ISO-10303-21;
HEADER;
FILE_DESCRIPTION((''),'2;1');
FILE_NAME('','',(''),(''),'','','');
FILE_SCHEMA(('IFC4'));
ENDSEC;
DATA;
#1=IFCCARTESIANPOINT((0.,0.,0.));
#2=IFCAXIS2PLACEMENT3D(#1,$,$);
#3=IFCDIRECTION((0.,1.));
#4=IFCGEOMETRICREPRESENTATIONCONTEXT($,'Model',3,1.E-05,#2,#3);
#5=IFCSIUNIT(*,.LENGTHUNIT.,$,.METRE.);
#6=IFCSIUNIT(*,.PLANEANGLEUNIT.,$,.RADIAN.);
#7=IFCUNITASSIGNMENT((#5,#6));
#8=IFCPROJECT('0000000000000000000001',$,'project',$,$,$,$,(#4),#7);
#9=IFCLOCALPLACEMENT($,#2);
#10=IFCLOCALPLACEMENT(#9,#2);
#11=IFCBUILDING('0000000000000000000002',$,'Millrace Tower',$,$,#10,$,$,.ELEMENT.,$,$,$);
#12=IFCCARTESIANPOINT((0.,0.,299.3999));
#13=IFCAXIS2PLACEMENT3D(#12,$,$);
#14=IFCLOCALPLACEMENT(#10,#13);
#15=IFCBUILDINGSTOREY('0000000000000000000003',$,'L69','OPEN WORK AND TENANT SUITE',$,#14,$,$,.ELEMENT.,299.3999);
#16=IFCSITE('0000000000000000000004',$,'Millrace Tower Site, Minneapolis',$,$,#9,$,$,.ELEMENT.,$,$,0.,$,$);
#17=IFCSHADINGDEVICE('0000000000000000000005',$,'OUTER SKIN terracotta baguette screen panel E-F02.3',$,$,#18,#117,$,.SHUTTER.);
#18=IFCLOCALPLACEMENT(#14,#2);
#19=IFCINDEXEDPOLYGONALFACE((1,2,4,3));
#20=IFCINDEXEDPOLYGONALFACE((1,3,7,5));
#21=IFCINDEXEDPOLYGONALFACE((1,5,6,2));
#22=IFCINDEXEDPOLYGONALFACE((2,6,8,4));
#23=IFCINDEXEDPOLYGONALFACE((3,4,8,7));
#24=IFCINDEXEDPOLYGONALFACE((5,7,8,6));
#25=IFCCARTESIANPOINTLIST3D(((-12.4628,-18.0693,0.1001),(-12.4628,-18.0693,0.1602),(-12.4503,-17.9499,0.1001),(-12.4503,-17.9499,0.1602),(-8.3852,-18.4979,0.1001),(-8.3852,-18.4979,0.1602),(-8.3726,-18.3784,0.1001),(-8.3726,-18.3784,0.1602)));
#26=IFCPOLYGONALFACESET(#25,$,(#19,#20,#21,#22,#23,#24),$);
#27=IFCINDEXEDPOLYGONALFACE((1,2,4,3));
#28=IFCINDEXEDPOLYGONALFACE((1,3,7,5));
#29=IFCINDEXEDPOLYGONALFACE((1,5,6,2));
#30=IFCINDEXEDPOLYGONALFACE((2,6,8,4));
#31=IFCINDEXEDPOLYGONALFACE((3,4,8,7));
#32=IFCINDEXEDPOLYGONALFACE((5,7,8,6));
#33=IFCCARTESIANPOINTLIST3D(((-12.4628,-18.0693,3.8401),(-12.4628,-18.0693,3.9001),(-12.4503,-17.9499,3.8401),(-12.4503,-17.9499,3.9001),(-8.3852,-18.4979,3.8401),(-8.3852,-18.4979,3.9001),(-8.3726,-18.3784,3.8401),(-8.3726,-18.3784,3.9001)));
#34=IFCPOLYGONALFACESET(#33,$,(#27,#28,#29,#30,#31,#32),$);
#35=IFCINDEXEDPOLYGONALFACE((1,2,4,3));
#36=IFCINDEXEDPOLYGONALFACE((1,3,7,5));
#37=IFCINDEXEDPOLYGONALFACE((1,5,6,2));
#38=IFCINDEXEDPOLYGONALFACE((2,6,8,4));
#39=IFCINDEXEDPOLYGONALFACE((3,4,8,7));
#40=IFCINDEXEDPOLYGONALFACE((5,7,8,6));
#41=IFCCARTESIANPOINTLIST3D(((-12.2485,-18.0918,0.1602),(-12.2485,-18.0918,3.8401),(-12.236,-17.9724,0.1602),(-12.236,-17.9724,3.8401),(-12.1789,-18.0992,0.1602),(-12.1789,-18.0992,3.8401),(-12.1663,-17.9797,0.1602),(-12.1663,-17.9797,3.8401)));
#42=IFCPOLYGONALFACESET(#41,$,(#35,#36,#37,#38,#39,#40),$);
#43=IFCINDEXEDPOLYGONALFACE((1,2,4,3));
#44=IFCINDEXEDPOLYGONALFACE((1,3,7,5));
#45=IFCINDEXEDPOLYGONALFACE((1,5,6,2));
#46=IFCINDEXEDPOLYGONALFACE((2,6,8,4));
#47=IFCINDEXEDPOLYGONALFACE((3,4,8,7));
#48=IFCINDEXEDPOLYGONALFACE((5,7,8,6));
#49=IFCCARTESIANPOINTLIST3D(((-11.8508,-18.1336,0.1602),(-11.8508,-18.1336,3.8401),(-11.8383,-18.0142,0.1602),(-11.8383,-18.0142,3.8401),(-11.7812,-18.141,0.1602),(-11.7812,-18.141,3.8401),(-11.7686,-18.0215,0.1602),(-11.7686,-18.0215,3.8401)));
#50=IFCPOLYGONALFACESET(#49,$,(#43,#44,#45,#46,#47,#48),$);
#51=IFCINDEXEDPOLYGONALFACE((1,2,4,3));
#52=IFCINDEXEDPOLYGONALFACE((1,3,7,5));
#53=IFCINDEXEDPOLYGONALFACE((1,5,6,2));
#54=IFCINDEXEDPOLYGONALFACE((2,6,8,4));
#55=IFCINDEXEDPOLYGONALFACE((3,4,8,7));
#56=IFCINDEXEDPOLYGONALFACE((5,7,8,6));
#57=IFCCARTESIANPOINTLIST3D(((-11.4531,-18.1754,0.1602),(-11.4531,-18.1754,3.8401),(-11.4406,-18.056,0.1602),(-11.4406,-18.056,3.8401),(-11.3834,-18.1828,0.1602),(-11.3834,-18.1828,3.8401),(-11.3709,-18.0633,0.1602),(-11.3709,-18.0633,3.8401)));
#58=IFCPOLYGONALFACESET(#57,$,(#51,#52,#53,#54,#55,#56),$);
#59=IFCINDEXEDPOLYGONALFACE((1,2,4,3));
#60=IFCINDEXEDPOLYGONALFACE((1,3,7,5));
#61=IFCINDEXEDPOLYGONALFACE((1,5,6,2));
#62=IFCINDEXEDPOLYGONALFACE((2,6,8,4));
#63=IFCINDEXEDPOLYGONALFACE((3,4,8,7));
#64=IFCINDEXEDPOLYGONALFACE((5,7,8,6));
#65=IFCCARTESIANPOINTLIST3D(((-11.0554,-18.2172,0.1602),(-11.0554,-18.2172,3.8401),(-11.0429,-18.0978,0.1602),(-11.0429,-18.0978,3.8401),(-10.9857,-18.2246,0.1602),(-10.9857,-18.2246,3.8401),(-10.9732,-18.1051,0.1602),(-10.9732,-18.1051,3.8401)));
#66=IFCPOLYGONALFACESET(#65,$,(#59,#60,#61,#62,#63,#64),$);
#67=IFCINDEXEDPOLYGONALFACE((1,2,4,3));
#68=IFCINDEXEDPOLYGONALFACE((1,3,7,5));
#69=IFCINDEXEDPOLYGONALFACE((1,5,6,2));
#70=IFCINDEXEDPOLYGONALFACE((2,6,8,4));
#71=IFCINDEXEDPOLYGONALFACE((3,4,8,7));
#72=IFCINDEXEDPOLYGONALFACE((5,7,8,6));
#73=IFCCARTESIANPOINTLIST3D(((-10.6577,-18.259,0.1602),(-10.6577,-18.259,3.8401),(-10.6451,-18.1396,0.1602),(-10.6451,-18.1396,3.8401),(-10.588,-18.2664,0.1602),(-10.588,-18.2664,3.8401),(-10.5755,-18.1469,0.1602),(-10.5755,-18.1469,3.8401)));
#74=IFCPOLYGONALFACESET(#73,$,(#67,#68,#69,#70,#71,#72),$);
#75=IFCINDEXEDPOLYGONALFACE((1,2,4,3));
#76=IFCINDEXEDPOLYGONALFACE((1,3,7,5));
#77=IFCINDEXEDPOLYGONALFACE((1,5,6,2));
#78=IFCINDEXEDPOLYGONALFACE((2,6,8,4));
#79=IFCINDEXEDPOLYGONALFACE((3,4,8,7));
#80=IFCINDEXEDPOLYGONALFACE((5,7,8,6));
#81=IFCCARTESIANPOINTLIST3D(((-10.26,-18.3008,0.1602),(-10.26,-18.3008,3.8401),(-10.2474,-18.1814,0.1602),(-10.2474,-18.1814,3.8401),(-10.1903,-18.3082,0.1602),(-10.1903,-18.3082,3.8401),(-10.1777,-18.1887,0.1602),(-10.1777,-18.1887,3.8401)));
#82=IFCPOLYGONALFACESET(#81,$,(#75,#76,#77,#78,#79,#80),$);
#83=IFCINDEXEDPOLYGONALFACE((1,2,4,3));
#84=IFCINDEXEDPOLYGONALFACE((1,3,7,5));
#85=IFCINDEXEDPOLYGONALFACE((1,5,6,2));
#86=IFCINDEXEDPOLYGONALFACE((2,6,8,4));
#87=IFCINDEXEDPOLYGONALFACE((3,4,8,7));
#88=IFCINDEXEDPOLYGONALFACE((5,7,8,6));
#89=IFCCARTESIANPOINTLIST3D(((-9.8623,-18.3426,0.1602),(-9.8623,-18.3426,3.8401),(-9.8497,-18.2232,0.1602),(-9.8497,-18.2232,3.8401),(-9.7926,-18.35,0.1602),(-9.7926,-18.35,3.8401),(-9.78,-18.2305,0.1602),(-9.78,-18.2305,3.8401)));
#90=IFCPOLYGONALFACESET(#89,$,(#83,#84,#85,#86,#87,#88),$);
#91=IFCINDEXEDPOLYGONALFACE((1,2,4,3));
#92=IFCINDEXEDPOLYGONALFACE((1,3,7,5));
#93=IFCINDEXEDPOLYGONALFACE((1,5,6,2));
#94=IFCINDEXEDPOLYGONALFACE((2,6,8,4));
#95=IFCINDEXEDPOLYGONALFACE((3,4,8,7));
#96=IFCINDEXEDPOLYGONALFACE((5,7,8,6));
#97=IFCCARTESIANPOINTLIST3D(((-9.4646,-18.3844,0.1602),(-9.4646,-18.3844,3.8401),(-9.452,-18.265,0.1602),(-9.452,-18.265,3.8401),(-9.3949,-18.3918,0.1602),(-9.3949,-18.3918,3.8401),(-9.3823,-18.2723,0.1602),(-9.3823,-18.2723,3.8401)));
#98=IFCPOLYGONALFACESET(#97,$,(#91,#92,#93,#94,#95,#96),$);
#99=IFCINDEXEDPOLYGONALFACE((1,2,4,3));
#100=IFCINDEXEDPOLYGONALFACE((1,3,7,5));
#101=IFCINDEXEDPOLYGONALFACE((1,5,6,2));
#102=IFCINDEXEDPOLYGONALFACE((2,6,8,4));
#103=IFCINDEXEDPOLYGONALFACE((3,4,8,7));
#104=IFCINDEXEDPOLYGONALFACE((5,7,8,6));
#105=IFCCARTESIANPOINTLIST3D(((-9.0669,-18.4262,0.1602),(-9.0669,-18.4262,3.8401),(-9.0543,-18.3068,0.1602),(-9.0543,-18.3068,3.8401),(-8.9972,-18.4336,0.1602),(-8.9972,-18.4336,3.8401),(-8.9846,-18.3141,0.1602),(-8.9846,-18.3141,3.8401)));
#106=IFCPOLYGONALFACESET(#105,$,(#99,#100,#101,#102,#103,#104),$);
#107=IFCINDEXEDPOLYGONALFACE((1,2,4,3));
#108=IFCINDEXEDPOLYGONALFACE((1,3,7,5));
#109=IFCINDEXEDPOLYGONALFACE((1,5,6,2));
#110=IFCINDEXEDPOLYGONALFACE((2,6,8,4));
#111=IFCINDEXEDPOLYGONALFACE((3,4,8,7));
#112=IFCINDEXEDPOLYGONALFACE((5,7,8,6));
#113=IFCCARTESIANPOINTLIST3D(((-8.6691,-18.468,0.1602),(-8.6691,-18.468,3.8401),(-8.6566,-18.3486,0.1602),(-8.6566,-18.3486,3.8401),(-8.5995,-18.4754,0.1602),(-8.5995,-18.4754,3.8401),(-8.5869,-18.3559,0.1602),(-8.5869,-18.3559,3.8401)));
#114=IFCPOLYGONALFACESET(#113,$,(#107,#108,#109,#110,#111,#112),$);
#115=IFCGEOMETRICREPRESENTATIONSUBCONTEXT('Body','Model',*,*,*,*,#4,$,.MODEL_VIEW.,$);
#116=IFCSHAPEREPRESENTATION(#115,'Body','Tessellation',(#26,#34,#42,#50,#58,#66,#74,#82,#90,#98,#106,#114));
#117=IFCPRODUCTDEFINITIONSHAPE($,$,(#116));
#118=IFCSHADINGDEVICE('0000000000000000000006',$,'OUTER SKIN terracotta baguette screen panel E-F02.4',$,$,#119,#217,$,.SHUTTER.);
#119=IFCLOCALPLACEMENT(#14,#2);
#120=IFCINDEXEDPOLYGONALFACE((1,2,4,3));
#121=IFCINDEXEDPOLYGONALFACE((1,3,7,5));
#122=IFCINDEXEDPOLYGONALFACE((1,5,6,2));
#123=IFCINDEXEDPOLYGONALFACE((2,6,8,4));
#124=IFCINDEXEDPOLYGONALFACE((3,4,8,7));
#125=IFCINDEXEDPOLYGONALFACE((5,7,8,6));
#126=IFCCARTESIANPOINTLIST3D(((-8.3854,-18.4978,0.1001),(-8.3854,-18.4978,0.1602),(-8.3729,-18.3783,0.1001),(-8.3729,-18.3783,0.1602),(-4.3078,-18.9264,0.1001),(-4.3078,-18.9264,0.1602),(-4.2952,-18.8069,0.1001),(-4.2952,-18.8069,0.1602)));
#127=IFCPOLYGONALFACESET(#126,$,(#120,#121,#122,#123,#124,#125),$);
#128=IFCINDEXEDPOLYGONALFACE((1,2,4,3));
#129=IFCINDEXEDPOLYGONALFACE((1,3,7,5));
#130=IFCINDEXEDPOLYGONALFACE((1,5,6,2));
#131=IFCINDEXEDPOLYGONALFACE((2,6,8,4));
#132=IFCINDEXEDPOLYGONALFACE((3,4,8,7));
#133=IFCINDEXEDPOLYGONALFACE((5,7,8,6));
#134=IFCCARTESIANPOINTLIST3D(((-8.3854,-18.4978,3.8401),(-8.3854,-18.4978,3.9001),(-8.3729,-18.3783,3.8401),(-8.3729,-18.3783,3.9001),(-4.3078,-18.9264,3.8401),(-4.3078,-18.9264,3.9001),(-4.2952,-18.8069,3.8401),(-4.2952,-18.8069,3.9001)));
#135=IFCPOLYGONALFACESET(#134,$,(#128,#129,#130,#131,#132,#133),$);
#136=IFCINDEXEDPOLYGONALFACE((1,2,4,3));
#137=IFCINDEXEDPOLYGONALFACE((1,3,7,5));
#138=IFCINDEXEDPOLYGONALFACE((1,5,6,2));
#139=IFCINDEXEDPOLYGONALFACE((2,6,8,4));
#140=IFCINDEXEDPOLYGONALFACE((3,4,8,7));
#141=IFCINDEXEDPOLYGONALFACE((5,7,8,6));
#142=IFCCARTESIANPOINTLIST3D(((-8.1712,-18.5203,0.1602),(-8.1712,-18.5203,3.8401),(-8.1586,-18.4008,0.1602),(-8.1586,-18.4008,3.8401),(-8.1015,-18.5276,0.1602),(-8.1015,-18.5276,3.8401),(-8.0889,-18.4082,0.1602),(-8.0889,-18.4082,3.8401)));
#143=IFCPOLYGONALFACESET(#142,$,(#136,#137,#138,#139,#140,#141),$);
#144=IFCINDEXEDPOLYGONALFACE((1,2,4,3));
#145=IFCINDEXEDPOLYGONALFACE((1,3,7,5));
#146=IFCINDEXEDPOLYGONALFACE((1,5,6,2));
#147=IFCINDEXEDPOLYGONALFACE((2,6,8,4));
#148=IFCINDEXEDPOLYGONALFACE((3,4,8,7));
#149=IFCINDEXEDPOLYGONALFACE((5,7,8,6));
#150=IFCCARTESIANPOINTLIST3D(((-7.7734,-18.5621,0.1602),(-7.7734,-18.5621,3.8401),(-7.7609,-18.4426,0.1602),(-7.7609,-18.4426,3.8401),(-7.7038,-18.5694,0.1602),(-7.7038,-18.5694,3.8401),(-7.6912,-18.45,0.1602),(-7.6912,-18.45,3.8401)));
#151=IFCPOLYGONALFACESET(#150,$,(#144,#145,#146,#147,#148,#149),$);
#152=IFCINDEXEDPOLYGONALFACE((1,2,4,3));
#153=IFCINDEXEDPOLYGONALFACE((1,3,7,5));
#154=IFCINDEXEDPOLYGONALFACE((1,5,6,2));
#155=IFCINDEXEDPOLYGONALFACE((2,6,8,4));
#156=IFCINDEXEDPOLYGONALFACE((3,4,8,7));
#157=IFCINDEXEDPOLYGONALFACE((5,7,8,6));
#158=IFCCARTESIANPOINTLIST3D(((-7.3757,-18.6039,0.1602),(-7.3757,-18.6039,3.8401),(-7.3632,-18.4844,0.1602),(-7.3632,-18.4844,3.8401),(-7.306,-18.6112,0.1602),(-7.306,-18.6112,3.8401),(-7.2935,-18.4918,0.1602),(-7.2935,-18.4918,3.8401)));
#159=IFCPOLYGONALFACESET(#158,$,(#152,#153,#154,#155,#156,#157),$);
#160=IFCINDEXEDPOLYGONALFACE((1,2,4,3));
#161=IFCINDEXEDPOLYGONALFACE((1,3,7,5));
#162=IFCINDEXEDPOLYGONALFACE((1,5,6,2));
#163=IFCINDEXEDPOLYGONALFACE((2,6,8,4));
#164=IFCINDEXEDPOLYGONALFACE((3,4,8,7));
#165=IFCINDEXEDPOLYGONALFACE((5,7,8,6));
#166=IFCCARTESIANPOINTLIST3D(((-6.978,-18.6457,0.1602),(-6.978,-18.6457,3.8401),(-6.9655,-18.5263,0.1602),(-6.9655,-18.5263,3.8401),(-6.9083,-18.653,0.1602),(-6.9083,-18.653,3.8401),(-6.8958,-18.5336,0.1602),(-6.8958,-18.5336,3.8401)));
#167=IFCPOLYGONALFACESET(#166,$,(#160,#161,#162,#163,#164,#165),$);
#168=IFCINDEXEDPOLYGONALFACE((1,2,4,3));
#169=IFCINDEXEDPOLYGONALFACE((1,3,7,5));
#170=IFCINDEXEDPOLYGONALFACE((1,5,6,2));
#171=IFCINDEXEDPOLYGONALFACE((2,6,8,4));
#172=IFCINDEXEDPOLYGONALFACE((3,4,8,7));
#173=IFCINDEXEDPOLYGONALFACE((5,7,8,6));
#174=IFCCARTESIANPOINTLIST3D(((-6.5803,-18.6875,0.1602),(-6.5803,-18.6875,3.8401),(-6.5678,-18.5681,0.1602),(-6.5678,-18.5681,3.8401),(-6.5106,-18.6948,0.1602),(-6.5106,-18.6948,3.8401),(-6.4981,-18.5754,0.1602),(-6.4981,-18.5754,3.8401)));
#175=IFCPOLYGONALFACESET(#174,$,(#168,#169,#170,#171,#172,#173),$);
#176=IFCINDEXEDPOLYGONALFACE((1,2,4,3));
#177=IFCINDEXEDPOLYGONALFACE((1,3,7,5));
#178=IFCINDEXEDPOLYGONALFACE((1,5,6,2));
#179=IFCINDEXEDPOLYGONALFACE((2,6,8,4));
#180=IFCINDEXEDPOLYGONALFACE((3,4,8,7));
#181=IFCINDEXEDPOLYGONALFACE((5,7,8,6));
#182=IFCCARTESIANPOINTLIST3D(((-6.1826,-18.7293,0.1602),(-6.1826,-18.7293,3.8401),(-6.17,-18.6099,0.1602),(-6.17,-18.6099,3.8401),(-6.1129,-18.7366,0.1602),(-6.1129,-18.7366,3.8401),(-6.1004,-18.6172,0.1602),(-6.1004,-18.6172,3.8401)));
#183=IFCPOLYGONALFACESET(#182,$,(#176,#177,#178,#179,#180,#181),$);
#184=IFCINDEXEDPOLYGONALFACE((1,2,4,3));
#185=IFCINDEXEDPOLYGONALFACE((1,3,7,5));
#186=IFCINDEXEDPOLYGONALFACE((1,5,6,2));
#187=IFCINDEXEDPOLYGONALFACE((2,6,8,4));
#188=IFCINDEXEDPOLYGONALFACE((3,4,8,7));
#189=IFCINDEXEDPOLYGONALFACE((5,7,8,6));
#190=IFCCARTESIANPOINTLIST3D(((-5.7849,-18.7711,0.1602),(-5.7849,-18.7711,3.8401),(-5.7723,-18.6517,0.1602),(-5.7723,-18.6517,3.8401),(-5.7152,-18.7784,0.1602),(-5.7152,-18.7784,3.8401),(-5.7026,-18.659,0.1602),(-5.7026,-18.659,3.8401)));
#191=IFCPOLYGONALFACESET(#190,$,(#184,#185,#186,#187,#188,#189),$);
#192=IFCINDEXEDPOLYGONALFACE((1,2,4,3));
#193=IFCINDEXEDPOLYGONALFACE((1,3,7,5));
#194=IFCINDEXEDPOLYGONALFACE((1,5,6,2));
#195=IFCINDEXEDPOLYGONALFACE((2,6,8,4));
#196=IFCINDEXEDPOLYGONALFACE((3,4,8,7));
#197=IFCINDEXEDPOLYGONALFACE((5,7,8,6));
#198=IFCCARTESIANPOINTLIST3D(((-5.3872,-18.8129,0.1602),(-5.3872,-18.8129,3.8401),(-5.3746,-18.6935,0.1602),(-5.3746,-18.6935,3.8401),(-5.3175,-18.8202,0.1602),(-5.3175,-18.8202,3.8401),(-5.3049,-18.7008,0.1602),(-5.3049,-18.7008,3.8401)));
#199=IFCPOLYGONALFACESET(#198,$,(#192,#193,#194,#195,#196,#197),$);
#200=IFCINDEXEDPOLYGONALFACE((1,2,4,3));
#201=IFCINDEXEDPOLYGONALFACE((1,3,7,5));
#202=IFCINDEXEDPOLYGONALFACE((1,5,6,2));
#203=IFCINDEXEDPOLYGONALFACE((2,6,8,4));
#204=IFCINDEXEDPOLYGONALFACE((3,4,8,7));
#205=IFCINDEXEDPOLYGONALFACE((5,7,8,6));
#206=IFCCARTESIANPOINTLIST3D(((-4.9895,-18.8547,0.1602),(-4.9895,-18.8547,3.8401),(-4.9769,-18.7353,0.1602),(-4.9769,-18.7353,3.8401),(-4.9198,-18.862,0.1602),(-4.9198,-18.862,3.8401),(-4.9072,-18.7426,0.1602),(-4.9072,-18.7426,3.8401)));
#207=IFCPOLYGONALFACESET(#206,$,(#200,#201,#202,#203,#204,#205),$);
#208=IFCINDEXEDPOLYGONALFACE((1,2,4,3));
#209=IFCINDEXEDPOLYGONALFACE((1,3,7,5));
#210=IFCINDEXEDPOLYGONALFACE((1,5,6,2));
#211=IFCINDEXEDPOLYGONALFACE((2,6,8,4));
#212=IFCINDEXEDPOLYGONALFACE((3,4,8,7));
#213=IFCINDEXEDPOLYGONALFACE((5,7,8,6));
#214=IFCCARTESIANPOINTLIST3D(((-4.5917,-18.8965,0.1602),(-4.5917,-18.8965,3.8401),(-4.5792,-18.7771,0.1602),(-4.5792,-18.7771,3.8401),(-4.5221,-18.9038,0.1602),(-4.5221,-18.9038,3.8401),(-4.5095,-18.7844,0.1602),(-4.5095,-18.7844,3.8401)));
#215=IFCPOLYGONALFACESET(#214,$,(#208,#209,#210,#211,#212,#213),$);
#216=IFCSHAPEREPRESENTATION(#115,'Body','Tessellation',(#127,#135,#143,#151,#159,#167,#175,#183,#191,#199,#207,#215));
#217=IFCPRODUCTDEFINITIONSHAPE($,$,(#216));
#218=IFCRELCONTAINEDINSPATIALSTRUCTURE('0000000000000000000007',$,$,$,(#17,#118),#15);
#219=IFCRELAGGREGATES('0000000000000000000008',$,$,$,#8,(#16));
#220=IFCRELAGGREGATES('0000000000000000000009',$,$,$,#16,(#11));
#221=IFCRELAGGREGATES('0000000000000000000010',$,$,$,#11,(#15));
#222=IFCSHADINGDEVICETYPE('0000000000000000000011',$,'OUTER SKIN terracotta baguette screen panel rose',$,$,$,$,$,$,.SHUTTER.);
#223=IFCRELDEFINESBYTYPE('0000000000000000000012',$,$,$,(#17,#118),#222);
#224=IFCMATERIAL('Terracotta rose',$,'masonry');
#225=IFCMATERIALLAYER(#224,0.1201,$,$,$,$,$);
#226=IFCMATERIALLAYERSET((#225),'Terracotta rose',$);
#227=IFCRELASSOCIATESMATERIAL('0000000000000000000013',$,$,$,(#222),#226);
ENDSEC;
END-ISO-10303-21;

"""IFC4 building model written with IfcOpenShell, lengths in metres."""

from ifc_helpers import new_model, entity, si_unit, direction, frame, frame_2d, origin, place, context, subcontext, project, spatial, rectangle, extrude, source, transform, mapped, material, layer, layer_set, type_object, element, save


model = new_model("IFC4")

# Units and contexts
model_context = context("Model", 3, precision=1e-05, world=origin(), true_north=direction((0.0, 1.0)))
body_context = subcontext(model_context, "Body", "Model", "MODEL_VIEW")
ifc_project = project(units=[si_unit("LENGTHUNIT", "METRE"), si_unit("PLANEANGLEUNIT", "RADIAN")], contexts=[model_context])

# Site, building, storey
site_placement = place(None, origin())
site = spatial("IfcSite", under=ifc_project, at=site_placement, Name="Millrace Tower Site, Minneapolis", CompositionType="ELEMENT", RefElevation=0.0)
building_placement = place(site_placement, origin())
building = spatial("IfcBuilding", under=site, at=building_placement, Name="Millrace Tower", CompositionType="ELEMENT")
storey_placement = place(building_placement, frame((0.0, 0.0, 299.3999)))
storey = spatial("IfcBuildingStorey", under=building, at=storey_placement, Name="L69", Description="OPEN WORK AND TENANT SUITE", CompositionType="ELEMENT", Elevation=299.3999)

# Shading devices
ifc_material_1 = material(Name="Terracotta rose", Category="masonry")
ifc_layer_1 = layer(ifc_material_1, 0.1201)
ifc_layer_set_1 = layer_set([ifc_layer_1], Name="Terracotta rose")
shading_device_type = type_object("IfcShadingDeviceType", Name="OUTER SKIN terracotta baguette screen panel rose", PredefinedType="SHUTTER", material=ifc_layer_set_1)
cartesian_point = entity("IfcCartesianPoint", [-2.05, 0.0601])
shared_polyline = entity("IfcPolyline", [cartesian_point, entity("IfcCartesianPoint", [2.05, 0.0601]), entity("IfcCartesianPoint", [2.05, -0.0601]), entity("IfcCartesianPoint", [-2.05, -0.0601]), cartesian_point])
shared_shape = source(origin(), body_context, "Body", "SweptSolid", [
    entity("IfcExtrudedAreaSolid", entity("IfcArbitraryClosedProfileDef", "AREA", None, shared_polyline), entity("IfcAxis2Placement3D", entity("IfcCartesianPoint", [0.0, 0.0, 0.0])), entity("IfcDirection", [0.0, 0.0, 1.0]), 0.0601),
    entity("IfcExtrudedAreaSolid", entity("IfcArbitraryClosedProfileDef", "AREA", None, shared_polyline), entity("IfcAxis2Placement3D", entity("IfcCartesianPoint", [0.0, 0.0, 3.74])), entity("IfcDirection", [0.0, 0.0, 1.0]), 0.0601),
    extrude(rectangle(XDim=0.0701, YDim=0.1201, at=frame_2d((-1.7996, 0.0))), frame((0.0, 0.0, 0.0601)), (0.0, 0.0, 1.0), 3.6799),
    extrude(rectangle(XDim=0.0701, YDim=0.1201, at=frame_2d((-1.3997, 0.0))), frame((0.0, 0.0, 0.0601)), (0.0, 0.0, 1.0), 3.6799),
    extrude(rectangle(XDim=0.0701, YDim=0.1201, at=frame_2d((-0.9998, 0.0))), frame((0.0, 0.0, 0.0601)), (0.0, 0.0, 1.0), 3.6799),
    extrude(rectangle(XDim=0.0701, YDim=0.1201, at=frame_2d((-0.5999, 0.0))), frame((0.0, 0.0, 0.0601)), (0.0, 0.0, 1.0), 3.6799),
    extrude(rectangle(XDim=0.0701, YDim=0.1201, at=frame_2d((-0.2, 0.0))), frame((0.0, 0.0, 0.0601)), (0.0, 0.0, 1.0), 3.6799),
    extrude(rectangle(XDim=0.0701, YDim=0.1201, at=frame_2d((0.2, 0.0))), frame((0.0, 0.0, 0.0601)), (0.0, 0.0, 1.0), 3.6799),
    extrude(rectangle(XDim=0.0701, YDim=0.1201, at=frame_2d((0.5999, 0.0))), frame((0.0, 0.0, 0.0601)), (0.0, 0.0, 1.0), 3.6799),
    extrude(rectangle(XDim=0.0701, YDim=0.1201, at=frame_2d((0.9998, 0.0))), frame((0.0, 0.0, 0.0601)), (0.0, 0.0, 1.0), 3.6799),
    extrude(rectangle(XDim=0.0701, YDim=0.1201, at=frame_2d((1.3997, 0.0))), frame((0.0, 0.0, 0.0601)), (0.0, 0.0, 1.0), 3.6799),
    extrude(rectangle(XDim=0.0701, YDim=0.1201, at=frame_2d((1.7996, 0.0))), frame((0.0, 0.0, 0.0601)), (0.0, 0.0, 1.0), 3.6799),
])
for number, where, z_axis, x_axis, name in (
    (1, (-10.4177, -18.2239, 0.1001), (0.0, 0.0, 1.0), (0.994522, -0.104528, 0.0), "OUTER SKIN terracotta baguette screen panel E-F02.3"),
    (2, (-6.3403, -18.6523, 0.1001), (0.0, 0.0, 1.0), (0.994522, -0.104528, 0.0), "OUTER SKIN terracotta baguette screen panel E-F02.4"),
):
    element("IfcShadingDevice", number, at=place(storey_placement, frame(where, z_axis=z_axis, x_axis=x_axis)), inside=storey, type_object=shading_device_type, Name=name, PredefinedType="SHUTTER", context=body_context, shape_type="MappedRepresentation", body=[
        mapped(shared_shape, transform((0.0, 0.0, 0.0), scale=1.0)),
    ])

save(model, "model.ifc")
